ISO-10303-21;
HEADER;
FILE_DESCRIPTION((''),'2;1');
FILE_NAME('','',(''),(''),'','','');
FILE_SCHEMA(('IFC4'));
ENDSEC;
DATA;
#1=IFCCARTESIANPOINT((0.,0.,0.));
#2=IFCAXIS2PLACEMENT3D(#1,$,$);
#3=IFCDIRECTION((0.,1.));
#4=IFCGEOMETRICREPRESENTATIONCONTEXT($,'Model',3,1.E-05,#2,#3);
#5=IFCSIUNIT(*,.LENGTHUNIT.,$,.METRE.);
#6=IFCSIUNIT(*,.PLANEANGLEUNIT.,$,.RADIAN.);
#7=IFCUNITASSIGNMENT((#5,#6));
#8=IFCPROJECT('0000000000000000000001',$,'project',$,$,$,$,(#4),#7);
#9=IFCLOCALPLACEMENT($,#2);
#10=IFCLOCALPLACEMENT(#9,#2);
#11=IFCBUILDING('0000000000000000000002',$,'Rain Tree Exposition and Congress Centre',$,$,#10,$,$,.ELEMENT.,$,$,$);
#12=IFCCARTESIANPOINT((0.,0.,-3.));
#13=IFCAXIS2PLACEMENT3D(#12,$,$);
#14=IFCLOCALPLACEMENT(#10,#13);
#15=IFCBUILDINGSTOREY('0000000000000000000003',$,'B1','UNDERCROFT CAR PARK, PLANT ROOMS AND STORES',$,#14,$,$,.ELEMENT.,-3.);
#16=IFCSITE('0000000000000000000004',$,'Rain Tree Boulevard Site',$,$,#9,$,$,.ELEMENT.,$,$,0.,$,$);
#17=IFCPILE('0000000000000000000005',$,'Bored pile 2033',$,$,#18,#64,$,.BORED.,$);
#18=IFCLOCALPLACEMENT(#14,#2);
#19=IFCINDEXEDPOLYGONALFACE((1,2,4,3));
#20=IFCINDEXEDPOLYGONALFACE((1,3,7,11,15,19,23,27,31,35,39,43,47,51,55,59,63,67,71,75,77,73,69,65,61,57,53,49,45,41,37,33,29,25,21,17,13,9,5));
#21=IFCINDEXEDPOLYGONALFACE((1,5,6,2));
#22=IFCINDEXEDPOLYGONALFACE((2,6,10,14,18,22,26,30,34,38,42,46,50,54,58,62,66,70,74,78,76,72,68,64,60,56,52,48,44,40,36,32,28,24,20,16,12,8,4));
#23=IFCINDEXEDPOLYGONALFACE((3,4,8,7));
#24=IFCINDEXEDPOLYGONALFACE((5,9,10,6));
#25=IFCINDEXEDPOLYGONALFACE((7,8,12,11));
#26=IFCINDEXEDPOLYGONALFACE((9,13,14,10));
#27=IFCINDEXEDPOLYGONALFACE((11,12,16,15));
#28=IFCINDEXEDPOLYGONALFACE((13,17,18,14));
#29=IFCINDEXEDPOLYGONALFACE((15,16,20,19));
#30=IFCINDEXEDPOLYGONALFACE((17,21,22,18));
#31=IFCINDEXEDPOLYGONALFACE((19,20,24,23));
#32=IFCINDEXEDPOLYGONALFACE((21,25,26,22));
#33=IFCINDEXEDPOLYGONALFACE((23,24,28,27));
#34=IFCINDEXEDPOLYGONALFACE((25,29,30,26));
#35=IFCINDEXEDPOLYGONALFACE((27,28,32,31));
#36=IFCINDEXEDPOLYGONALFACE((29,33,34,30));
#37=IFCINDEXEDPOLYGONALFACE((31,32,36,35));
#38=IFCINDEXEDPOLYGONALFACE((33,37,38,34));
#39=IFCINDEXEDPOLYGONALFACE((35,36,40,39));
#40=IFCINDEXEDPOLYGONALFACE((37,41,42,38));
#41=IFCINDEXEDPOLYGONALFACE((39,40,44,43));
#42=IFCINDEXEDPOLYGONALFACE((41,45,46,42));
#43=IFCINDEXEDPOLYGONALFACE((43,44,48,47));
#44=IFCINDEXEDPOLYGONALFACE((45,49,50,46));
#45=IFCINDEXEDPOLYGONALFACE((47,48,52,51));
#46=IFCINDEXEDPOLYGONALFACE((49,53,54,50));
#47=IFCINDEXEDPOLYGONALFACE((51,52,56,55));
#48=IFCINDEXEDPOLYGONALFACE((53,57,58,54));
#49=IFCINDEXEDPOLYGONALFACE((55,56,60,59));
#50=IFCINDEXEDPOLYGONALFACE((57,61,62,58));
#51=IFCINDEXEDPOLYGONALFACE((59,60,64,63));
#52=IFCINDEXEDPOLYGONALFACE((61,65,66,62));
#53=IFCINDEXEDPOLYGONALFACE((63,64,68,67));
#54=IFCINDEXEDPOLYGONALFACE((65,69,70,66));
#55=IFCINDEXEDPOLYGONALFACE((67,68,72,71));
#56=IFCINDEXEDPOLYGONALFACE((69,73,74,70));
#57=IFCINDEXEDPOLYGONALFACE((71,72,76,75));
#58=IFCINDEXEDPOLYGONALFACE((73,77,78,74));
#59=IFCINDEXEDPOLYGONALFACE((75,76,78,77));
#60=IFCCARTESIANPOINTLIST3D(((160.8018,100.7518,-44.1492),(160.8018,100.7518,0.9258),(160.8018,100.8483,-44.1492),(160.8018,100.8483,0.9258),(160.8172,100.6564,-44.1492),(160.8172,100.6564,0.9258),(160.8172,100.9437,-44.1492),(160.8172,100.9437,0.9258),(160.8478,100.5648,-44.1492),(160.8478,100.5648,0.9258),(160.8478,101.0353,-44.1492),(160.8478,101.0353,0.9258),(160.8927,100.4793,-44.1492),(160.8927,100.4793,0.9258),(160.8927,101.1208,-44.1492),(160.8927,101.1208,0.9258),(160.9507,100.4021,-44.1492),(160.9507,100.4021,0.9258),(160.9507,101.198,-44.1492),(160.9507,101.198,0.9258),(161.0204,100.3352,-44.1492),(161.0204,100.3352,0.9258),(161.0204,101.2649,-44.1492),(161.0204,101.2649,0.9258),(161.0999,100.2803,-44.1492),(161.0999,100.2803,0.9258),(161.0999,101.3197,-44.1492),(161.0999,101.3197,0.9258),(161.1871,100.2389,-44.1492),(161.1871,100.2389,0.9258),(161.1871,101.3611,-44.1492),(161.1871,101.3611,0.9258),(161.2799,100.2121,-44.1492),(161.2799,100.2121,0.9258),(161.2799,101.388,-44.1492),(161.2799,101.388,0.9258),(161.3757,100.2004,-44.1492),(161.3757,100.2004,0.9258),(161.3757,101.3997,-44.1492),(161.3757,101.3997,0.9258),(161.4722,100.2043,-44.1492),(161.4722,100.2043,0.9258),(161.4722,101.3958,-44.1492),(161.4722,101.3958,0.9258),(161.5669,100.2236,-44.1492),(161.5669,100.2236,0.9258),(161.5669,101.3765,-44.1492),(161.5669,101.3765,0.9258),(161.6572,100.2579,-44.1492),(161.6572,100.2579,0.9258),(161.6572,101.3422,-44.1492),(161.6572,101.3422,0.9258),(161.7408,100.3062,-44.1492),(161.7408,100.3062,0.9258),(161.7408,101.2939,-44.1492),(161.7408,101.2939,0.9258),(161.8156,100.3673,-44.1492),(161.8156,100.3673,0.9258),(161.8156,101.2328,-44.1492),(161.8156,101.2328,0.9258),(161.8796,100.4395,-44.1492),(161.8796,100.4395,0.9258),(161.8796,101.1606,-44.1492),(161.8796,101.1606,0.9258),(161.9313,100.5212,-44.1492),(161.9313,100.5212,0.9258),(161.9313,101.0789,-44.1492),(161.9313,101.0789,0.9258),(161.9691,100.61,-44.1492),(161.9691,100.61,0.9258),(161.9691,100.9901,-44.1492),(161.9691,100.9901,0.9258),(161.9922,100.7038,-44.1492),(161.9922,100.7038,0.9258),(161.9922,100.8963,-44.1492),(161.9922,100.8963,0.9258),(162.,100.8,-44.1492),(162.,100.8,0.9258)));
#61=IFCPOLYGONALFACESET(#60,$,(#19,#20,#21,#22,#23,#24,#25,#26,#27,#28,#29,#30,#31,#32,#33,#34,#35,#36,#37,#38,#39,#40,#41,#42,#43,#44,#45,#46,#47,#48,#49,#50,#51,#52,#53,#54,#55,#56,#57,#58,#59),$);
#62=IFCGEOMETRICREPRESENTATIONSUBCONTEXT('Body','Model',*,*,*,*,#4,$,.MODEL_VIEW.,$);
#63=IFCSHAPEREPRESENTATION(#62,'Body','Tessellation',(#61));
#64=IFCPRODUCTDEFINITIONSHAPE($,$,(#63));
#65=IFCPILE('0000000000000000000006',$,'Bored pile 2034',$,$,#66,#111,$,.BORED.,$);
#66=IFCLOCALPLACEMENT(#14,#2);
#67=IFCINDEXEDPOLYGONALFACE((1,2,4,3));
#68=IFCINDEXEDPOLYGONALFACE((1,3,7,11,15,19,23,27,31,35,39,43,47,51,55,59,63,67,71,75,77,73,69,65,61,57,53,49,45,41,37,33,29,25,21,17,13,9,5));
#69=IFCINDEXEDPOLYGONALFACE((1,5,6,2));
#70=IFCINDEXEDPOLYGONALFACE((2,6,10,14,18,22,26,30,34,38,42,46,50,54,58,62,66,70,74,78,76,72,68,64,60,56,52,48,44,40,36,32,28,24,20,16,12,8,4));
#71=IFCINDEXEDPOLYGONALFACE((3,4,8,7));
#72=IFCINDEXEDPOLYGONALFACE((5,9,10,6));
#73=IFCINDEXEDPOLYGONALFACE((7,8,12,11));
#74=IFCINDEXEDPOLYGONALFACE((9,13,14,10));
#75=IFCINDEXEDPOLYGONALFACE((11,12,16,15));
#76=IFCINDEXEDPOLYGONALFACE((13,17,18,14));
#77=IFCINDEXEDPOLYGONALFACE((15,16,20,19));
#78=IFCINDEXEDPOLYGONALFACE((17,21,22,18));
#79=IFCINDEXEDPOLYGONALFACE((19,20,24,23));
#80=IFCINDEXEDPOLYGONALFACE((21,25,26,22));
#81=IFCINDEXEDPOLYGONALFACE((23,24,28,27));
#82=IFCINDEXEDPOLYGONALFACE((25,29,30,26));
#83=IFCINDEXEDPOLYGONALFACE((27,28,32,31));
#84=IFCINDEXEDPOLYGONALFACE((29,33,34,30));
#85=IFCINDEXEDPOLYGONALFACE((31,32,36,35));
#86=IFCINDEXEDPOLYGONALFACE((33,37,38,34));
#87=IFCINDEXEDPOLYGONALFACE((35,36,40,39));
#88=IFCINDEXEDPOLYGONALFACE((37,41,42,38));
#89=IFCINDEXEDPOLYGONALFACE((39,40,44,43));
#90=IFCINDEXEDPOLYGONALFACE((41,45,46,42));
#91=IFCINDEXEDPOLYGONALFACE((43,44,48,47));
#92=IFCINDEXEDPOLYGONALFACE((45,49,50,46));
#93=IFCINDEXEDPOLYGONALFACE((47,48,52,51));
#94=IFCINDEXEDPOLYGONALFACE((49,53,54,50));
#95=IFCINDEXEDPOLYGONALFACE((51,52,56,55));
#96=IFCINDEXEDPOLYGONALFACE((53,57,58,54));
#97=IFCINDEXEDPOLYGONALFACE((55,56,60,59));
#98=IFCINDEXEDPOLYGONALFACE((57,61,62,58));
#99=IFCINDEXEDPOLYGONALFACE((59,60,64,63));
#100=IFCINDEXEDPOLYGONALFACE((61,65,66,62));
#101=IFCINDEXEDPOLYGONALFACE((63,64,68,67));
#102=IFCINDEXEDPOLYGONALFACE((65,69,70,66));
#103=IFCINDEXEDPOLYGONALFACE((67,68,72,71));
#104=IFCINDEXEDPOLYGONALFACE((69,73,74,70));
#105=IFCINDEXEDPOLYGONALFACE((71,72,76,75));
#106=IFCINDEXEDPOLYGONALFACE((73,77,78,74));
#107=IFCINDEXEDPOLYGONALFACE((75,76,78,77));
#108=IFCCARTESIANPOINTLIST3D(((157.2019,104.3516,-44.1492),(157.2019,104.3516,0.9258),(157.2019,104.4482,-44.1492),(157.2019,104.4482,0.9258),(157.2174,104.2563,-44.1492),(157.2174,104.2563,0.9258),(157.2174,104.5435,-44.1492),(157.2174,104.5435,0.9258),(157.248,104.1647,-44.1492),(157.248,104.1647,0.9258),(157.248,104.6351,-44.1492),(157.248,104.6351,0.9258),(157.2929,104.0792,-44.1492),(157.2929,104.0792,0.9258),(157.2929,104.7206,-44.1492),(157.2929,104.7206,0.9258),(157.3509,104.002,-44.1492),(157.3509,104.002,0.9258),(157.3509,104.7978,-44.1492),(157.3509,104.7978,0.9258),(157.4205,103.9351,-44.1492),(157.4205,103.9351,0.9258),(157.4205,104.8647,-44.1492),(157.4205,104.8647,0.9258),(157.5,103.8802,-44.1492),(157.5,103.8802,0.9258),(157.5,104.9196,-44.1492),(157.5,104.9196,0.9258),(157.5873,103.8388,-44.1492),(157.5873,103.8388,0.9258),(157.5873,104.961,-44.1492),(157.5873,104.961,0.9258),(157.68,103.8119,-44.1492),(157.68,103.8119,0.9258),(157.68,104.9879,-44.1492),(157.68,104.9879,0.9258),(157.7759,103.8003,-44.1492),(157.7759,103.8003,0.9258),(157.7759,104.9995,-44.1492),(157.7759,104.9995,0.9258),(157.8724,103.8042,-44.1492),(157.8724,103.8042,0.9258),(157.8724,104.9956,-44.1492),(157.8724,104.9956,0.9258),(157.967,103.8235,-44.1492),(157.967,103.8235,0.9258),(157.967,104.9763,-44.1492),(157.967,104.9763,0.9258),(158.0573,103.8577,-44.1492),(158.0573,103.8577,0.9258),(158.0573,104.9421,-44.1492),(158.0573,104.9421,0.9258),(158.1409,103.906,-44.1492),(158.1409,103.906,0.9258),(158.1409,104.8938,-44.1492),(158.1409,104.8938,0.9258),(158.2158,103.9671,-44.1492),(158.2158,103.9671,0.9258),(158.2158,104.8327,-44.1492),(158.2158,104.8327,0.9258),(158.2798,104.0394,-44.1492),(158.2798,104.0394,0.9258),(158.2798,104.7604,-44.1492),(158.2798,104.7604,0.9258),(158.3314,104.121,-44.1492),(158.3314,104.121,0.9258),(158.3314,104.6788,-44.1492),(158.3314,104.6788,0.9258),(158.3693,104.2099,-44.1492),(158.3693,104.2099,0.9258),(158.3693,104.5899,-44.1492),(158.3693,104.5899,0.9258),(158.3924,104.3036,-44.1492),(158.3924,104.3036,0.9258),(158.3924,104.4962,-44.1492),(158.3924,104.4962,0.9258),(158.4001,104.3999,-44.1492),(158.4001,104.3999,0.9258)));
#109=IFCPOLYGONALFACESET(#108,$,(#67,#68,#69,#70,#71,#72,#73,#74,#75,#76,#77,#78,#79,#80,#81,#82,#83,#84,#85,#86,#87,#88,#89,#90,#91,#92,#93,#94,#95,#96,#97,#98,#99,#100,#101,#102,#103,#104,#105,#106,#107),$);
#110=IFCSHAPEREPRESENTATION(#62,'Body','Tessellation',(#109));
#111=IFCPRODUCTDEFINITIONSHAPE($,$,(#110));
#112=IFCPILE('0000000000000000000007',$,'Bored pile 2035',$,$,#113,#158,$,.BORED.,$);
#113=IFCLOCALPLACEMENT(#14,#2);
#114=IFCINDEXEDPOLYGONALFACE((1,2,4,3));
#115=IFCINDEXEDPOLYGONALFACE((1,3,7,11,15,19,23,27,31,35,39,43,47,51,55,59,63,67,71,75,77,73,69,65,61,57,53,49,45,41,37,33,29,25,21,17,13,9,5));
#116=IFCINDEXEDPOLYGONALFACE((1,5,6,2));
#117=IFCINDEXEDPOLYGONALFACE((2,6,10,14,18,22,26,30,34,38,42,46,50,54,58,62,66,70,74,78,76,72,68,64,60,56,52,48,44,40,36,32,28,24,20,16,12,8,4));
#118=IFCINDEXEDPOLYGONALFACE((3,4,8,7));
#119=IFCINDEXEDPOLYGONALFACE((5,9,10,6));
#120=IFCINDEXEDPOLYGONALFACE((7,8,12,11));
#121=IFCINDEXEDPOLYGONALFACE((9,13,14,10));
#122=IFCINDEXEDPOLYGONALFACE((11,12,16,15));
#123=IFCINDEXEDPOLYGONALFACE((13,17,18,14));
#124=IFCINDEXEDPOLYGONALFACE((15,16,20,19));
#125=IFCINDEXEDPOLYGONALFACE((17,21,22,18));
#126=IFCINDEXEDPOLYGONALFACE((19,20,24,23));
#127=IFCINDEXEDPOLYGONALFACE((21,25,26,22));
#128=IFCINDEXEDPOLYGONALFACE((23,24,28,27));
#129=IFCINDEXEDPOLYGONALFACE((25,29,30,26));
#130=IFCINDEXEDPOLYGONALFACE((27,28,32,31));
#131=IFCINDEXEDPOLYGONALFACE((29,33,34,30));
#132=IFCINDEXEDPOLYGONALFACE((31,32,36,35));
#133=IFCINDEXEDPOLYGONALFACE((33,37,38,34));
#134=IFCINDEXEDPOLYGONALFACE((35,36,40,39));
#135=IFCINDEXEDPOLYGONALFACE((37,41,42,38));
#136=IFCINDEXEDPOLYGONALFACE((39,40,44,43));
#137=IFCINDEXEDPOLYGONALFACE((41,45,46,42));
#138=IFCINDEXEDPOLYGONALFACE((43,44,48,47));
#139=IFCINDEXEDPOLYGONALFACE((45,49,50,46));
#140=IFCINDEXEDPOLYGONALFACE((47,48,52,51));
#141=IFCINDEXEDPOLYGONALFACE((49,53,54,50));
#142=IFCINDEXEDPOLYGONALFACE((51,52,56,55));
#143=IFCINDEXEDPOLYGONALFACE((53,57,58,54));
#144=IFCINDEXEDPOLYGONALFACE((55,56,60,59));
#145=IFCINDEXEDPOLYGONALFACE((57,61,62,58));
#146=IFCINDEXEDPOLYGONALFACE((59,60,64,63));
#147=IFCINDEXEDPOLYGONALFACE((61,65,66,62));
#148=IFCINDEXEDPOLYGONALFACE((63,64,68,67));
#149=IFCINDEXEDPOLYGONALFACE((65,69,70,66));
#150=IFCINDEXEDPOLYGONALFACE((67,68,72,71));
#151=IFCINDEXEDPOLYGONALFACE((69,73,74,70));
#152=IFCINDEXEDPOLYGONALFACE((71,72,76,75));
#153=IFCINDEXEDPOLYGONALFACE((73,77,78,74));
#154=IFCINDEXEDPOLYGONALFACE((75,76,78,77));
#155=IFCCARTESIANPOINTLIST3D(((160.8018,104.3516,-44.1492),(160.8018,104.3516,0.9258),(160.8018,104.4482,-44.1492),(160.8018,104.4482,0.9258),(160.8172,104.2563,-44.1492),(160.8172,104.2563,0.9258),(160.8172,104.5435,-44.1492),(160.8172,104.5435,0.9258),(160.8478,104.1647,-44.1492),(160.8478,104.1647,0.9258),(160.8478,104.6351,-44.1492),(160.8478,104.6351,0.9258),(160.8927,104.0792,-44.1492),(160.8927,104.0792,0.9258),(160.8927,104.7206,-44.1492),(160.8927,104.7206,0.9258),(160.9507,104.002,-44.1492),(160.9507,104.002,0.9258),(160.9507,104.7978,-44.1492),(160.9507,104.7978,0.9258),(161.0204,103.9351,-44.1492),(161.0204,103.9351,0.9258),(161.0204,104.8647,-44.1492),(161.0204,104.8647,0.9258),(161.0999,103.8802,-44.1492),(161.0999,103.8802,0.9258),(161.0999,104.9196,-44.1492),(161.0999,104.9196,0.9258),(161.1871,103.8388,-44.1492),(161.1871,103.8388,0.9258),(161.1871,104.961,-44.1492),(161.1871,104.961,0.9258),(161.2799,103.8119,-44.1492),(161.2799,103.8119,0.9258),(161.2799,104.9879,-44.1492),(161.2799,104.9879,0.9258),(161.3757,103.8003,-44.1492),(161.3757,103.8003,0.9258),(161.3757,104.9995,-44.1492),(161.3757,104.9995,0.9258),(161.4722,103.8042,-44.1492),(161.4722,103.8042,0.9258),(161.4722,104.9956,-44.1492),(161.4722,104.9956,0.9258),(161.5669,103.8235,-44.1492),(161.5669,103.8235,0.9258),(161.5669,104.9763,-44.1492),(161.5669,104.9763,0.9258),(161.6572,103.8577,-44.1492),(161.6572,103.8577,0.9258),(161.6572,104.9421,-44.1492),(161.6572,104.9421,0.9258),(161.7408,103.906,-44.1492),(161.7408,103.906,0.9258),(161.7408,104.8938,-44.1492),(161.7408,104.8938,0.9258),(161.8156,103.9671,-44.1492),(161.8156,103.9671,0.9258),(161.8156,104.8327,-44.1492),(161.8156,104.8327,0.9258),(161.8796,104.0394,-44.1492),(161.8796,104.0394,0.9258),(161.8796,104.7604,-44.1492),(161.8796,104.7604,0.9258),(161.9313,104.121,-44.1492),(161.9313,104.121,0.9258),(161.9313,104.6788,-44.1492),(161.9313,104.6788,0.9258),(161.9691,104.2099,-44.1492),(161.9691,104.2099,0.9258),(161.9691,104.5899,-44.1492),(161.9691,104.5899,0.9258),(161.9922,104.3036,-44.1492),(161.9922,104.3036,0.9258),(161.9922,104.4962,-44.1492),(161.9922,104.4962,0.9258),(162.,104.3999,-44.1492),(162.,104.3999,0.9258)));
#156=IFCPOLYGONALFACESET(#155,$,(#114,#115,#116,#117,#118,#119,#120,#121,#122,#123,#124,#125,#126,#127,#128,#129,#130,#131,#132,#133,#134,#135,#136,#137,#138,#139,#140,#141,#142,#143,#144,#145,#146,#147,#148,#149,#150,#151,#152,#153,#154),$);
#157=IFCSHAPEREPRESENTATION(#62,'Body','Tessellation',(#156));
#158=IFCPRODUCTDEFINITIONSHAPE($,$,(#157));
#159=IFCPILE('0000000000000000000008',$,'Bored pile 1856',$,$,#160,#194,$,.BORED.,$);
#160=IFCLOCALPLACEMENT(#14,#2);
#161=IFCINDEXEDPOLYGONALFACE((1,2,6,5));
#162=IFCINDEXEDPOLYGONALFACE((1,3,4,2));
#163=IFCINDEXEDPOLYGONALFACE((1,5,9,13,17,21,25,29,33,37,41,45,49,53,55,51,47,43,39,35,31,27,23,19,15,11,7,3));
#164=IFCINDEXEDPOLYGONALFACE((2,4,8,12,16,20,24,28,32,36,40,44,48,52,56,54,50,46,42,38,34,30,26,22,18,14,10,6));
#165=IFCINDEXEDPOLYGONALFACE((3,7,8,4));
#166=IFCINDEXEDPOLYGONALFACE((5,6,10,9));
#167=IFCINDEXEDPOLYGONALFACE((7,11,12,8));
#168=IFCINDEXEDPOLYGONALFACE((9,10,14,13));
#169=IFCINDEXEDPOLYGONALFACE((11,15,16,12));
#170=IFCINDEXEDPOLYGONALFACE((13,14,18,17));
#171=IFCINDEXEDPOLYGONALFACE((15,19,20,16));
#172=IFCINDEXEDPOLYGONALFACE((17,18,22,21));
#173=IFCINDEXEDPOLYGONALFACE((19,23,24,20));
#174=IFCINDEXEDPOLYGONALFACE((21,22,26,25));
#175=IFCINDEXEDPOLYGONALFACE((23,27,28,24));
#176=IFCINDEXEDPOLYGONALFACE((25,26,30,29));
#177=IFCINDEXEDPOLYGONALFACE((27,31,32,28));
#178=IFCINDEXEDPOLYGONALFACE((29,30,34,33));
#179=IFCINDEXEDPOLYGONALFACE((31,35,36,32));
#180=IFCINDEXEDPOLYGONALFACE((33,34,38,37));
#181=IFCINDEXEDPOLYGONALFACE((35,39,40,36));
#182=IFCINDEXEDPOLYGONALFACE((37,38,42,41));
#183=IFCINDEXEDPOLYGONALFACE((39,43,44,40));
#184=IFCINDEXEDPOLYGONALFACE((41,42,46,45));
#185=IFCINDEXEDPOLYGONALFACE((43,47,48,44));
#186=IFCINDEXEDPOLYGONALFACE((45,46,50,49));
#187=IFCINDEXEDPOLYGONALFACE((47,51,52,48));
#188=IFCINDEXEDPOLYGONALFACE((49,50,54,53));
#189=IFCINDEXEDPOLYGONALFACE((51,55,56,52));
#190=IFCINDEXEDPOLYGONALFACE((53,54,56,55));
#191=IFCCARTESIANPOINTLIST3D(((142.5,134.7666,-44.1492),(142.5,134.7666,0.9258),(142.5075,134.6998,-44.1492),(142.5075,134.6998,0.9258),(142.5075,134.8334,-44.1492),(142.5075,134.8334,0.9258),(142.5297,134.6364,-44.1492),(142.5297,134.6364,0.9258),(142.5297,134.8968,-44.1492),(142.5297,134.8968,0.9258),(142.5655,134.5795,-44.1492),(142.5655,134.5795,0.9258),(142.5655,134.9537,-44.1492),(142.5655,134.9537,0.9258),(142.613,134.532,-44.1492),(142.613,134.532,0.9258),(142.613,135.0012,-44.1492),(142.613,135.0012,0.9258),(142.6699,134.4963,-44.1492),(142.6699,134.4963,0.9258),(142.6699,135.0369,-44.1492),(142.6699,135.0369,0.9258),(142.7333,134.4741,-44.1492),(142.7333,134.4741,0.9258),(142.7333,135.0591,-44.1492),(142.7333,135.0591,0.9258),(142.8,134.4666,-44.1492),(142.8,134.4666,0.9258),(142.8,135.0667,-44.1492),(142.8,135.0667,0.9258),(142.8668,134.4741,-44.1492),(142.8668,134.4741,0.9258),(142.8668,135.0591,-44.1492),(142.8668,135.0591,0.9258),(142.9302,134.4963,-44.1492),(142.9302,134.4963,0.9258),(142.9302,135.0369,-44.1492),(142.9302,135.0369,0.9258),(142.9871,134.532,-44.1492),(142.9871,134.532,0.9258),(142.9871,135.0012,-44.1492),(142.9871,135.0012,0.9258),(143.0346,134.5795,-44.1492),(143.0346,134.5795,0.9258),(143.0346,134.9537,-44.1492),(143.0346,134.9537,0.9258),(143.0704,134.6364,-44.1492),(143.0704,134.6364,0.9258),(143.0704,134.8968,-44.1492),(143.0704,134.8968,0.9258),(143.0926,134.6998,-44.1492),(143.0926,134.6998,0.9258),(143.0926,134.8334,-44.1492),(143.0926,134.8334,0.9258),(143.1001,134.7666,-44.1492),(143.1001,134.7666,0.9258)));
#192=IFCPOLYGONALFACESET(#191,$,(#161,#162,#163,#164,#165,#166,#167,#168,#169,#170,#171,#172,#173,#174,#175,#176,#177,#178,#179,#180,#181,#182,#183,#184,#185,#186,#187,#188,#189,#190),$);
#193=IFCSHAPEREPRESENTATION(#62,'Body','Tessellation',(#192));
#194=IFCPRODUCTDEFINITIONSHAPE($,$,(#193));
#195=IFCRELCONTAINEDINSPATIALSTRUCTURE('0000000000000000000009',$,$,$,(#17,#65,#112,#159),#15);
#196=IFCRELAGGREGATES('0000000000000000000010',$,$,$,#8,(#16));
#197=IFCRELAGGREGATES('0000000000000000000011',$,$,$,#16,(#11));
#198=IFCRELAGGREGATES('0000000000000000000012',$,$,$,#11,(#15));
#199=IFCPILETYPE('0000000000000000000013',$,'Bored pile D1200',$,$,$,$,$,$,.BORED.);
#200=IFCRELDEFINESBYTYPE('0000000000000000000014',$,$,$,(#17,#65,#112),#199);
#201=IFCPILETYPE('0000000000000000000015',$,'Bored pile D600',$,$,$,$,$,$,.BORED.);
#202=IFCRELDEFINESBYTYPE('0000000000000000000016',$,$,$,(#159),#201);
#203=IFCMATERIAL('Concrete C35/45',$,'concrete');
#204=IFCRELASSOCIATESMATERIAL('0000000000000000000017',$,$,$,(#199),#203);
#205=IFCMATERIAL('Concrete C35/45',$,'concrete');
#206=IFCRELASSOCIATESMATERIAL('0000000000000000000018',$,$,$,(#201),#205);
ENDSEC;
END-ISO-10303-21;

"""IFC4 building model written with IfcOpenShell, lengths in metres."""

from ifc_helpers import new_model, si_unit, direction, frame, origin, origin_2d, place, context, subcontext, project, spatial, circle, extrude, material, material_profile, profile_set, type_object, element, save


model = new_model("IFC4")

# Units and contexts
model_context = context("Model", 3, precision=1e-05, world=origin(), true_north=direction((0.0, 1.0)))
body_context = subcontext(model_context, "Body", "Model", "MODEL_VIEW")
ifc_project = project(units=[si_unit("LENGTHUNIT", "METRE"), si_unit("PLANEANGLEUNIT", "RADIAN")], contexts=[model_context])

# Site, building, storey
site_placement = place(None, origin())
site = spatial("IfcSite", under=ifc_project, at=site_placement, Name="Rain Tree Boulevard Site", CompositionType="ELEMENT", RefElevation=0.0)
building_placement = place(site_placement, origin())
building = spatial("IfcBuilding", under=site, at=building_placement, Name="Rain Tree Exposition and Congress Centre", CompositionType="ELEMENT")
storey_placement = place(building_placement, frame((0.0, 0.0, -3.0)))
storey = spatial("IfcBuildingStorey", under=building, at=storey_placement, Name="B1", Description="UNDERCROFT CAR PARK, PLANT ROOMS AND STORES", CompositionType="ELEMENT", Elevation=-3.0)

# Piles
ifc_material_1 = material(Name="Concrete C35/45", Category="concrete")
ifc_material_profile_1 = material_profile(ifc_material_1, circle(Radius=0.6001, at=origin_2d()), Name="D1200")
ifc_profile_set_1 = profile_set([ifc_material_profile_1], Name="Concrete C35/45")
pile_type_1 = type_object("IfcPileType", Name="Bored pile D1200", PredefinedType="BORED", material=ifc_profile_set_1)
for number, where, z_axis, x_axis, name in (
    (1, (161.3999, 100.8, 0.9258), (0.0, 0.0, -1.0), (1.0, 0.0, 0.0), "Bored pile 2033"),
    (2, (157.8, 104.3999, 0.9258), (0.0, 0.0, -1.0), (1.0, 0.0, 0.0), "Bored pile 2034"),
    (3, (161.3999, 104.3999, 0.9258), (0.0, 0.0, -1.0), (1.0, 0.0, 0.0), "Bored pile 2035"),
):
    element("IfcPile", number, at=place(storey_placement, frame(where, z_axis=z_axis, x_axis=x_axis)), inside=storey, type_object=pile_type_1, Name=name, PredefinedType="BORED", context=body_context, shape_type="SweptSolid", body=[
        extrude(circle(Radius=0.6001, at=origin_2d()), origin(), (0.0, 0.0, 1.0), 45.075),
    ])
ifc_material_2 = material(Name="Concrete C35/45", Category="concrete")
ifc_material_profile_2 = material_profile(ifc_material_2, circle(Radius=0.3, at=origin_2d()), Name="D600")
ifc_profile_set_2 = profile_set([ifc_material_profile_2], Name="Concrete C35/45")
pile_type_2 = type_object("IfcPileType", Name="Bored pile D600", PredefinedType="BORED", material=ifc_profile_set_2)
for number, where, z_axis, x_axis, name in (
    (4, (142.8, 134.7666, 0.9258), (0.0, 0.0, -1.0), (1.0, 0.0, 0.0), "Bored pile 1856"),
):
    element("IfcPile", number, at=place(storey_placement, frame(where, z_axis=z_axis, x_axis=x_axis)), inside=storey, type_object=pile_type_2, Name=name, PredefinedType="BORED", context=body_context, shape_type="SweptSolid", body=[
        extrude(circle(Radius=0.3, at=origin_2d()), origin(), (0.0, 0.0, 1.0), 45.075),
    ])

save(model, "model.ifc")
